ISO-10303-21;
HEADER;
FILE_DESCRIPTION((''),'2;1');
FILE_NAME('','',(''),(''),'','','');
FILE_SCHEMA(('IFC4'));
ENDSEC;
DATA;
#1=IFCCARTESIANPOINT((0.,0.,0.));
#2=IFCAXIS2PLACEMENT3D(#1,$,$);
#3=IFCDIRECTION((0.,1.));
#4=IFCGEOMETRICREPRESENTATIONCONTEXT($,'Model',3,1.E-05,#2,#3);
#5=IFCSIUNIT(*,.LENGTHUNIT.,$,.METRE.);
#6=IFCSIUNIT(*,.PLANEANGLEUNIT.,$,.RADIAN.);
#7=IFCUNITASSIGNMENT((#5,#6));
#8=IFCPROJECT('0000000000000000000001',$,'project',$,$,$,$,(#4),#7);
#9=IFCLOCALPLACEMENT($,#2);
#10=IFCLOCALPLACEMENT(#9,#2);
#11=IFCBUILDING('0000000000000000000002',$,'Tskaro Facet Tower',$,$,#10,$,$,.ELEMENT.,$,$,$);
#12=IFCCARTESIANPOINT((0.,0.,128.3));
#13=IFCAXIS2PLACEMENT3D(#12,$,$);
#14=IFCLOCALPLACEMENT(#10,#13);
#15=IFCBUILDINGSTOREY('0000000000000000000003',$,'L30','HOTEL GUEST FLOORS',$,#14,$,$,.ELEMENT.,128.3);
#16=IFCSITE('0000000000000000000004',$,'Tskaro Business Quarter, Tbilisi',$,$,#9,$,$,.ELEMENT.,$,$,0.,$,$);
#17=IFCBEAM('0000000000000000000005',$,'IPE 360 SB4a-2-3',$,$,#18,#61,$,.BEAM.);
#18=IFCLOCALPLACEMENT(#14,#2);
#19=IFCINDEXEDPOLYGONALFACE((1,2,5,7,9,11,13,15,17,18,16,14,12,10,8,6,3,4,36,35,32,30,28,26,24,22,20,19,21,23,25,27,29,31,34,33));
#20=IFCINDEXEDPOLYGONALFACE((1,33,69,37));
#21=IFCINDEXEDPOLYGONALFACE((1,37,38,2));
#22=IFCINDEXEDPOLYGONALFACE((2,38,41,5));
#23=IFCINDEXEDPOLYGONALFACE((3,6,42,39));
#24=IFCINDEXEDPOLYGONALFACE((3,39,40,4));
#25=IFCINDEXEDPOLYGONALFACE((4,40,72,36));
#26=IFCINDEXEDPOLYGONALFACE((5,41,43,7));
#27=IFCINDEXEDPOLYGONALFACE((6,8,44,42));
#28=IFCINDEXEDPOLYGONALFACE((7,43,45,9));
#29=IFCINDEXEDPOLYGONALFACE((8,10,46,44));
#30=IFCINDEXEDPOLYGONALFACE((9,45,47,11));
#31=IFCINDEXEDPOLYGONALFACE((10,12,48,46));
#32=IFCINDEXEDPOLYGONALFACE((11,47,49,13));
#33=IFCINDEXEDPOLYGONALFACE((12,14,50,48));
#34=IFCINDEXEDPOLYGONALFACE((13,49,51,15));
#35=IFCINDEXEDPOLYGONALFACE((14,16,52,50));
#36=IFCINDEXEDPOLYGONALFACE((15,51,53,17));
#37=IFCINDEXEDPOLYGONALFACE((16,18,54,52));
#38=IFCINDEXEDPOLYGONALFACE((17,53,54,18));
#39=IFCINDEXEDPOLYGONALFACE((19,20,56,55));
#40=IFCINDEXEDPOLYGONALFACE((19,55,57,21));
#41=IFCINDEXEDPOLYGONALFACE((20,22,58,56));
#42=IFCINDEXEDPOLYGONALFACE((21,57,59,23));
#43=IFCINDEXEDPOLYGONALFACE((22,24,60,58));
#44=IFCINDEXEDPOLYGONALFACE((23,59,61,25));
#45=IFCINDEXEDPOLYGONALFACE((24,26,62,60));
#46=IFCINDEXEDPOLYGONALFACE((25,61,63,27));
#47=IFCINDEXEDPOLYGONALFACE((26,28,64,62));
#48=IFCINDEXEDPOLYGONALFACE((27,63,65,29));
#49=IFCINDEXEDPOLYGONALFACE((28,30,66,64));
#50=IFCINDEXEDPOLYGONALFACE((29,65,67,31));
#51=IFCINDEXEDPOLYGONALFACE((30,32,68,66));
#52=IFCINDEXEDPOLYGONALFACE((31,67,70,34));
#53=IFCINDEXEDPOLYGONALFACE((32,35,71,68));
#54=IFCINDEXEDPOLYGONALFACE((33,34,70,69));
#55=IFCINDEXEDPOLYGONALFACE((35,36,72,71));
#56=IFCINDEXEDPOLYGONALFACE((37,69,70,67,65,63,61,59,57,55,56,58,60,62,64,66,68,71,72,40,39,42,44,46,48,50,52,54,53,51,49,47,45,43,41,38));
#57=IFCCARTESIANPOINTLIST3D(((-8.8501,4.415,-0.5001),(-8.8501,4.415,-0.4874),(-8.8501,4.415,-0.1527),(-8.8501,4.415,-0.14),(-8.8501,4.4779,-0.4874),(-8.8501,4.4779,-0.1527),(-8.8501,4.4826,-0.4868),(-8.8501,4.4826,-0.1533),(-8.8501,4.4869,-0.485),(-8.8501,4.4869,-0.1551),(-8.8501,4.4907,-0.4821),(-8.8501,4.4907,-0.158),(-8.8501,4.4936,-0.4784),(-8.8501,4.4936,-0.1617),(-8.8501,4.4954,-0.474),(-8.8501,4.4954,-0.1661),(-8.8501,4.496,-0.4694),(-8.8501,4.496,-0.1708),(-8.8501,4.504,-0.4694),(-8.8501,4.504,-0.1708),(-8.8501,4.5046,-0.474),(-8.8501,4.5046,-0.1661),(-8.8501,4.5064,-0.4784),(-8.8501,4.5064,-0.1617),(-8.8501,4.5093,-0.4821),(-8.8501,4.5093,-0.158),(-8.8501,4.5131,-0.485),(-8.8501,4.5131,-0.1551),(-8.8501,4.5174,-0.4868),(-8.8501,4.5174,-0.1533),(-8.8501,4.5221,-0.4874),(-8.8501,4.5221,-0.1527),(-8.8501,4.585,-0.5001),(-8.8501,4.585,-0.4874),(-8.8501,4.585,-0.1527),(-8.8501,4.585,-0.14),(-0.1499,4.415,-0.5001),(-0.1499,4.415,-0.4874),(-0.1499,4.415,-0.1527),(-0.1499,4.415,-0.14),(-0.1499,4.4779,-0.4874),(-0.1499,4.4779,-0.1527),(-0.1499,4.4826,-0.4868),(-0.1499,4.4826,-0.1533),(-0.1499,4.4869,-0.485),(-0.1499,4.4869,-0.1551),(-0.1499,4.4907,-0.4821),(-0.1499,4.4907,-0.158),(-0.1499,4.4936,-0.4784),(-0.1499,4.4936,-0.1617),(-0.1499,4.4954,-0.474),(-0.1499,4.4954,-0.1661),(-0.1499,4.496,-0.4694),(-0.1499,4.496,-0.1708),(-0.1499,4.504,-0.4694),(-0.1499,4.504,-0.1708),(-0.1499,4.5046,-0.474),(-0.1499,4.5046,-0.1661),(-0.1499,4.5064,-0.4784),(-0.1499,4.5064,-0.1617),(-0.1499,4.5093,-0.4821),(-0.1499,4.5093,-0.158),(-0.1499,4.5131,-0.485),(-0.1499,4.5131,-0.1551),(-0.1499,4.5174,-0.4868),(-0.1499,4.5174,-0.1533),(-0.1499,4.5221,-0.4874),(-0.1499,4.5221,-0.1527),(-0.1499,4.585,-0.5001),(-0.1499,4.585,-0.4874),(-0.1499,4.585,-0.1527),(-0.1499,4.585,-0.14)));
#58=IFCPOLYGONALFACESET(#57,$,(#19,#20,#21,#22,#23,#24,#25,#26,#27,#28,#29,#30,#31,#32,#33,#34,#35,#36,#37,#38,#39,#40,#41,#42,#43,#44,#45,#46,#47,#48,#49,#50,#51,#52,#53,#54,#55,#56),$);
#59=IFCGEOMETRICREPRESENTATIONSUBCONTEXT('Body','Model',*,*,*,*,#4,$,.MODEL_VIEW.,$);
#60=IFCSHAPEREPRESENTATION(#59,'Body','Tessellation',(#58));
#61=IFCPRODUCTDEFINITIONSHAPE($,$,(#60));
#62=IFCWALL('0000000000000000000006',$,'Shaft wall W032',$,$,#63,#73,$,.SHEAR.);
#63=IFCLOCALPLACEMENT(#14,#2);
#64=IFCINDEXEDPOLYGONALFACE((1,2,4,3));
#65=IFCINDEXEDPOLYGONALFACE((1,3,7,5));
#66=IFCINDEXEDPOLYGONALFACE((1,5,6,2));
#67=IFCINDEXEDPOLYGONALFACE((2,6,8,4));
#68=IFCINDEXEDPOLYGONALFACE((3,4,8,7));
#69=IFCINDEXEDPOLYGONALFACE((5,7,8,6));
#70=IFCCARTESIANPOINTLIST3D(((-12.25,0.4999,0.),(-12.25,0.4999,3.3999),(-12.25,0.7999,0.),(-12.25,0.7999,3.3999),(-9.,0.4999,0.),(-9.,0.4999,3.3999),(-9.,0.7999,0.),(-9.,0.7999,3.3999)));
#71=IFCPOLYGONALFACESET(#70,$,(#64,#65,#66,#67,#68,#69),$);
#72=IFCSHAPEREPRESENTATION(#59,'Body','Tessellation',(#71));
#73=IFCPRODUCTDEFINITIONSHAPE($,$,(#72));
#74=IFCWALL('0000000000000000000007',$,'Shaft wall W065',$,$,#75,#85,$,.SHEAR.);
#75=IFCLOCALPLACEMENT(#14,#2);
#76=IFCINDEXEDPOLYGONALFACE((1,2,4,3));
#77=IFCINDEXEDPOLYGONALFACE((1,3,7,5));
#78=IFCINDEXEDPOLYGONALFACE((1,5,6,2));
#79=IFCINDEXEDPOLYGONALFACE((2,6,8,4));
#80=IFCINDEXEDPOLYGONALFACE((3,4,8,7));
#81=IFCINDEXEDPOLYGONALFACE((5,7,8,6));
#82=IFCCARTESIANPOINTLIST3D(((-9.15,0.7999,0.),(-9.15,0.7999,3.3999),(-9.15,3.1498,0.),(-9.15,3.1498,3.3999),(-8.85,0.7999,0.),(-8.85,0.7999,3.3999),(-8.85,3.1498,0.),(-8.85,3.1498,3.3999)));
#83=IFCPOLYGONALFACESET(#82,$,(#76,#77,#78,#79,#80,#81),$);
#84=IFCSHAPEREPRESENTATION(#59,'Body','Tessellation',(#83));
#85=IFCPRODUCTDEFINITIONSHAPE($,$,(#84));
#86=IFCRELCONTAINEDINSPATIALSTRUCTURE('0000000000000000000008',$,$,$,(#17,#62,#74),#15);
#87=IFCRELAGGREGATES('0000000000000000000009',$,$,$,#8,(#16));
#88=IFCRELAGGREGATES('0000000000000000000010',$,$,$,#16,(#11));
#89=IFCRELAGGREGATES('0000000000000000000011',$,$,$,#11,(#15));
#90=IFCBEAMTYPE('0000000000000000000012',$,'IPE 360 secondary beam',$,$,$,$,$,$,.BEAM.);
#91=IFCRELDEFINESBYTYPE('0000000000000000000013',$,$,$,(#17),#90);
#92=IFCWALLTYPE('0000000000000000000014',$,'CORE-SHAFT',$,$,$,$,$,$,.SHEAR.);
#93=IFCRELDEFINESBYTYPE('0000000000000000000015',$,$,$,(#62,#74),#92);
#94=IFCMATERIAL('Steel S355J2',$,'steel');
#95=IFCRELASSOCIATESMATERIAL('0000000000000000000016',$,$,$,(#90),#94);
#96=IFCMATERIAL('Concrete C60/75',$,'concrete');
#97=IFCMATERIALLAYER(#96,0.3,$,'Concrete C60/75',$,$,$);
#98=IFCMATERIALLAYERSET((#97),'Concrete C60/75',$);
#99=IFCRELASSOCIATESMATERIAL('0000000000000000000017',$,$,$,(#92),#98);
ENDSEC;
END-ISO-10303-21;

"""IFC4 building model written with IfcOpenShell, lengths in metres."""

from ifc_helpers import new_model, si_unit, direction, frame, frame_2d, origin, origin_2d, place, context, subcontext, project, spatial, rectangle, i_section, extrude, material, layer, layer_set, material_profile, profile_set, type_object, element, save


model = new_model("IFC4")

# Units and contexts
model_context = context("Model", 3, precision=1e-05, world=origin(), true_north=direction((0.0, 1.0)))
body_context = subcontext(model_context, "Body", "Model", "MODEL_VIEW")
ifc_project = project(units=[si_unit("LENGTHUNIT", "METRE"), si_unit("PLANEANGLEUNIT", "RADIAN")], contexts=[model_context])

# Site, building, storey
site_placement = place(None, origin())
site = spatial("IfcSite", under=ifc_project, at=site_placement, Name="Tskaro Business Quarter, Tbilisi", CompositionType="ELEMENT", RefElevation=0.0)
building_placement = place(site_placement, origin())
building = spatial("IfcBuilding", under=site, at=building_placement, Name="Tskaro Facet Tower", CompositionType="ELEMENT")
storey_placement = place(building_placement, frame((0.0, 0.0, 128.3)))
storey = spatial("IfcBuildingStorey", under=building, at=storey_placement, Name="L30", Description="HOTEL GUEST FLOORS", CompositionType="ELEMENT", Elevation=128.3)

# Beam
ifc_material_1 = material(Name="Steel S355J2", Category="steel")
ifc_material_profile_1 = material_profile(ifc_material_1, i_section(OverallWidth=0.1699, OverallDepth=0.3601, WebThickness=0.0081, FlangeThickness=0.0127, FilletRadius=0.0181, at=origin_2d()), Name="IPE 360")
ifc_profile_set_1 = profile_set([ifc_material_profile_1], Name="Steel S355J2")
beam_type_1 = type_object("IfcBeamType", Name="IPE 360 secondary beam", PredefinedType="BEAM", material=ifc_profile_set_1)
beam_1_placement = place(storey_placement, frame((-8.8501, 4.5, -0.3201), z_axis=(1.0, 0.0, 0.0), x_axis=(0.0, 1.0, 0.0)))
element("IfcBeam", 1, at=beam_1_placement, inside=storey, type_object=beam_type_1, Name="IPE 360 SB4a-2-3", PredefinedType="BEAM", context=body_context, shape_type="SweptSolid", body=[
    extrude(i_section(OverallWidth=0.1699, OverallDepth=0.3601, WebThickness=0.0081, FlangeThickness=0.0127, FilletRadius=0.0181, at=origin_2d()), origin(), (0.0, 0.0, 1.0), 8.7002),
])

# Walls
ifc_material_2 = material(Name="Concrete C60/75", Category="concrete")
ifc_layer_1 = layer(ifc_material_2, 0.3, Name="Concrete C60/75")
ifc_layer_set_1 = layer_set([ifc_layer_1], Name="Concrete C60/75")
wall_type_1 = type_object("IfcWallType", Name="CORE-SHAFT", PredefinedType="SHEAR", material=ifc_layer_set_1)
wall_1_placement = place(storey_placement, frame((-9.0, 0.6499, 0.0), z_axis=(0.0, 0.0, 1.0), x_axis=(-1.0, 0.0, 0.0)))
element("IfcWall", 2, at=wall_1_placement, inside=storey, type_object=wall_type_1, Name="Shaft wall W032", PredefinedType="SHEAR", context=body_context, shape_type="SweptSolid", body=[
    extrude(rectangle(XDim=3.25, YDim=0.3, at=frame_2d((1.625, 0.0))), origin(), (0.0, 0.0, 1.0), 3.3999),
])
wall_2_placement = place(storey_placement, frame((-9.0, 0.8, 0.0), z_axis=(0.0, 0.0, 1.0), x_axis=(0.0, 1.0, 0.0)))
element("IfcWall", 3, at=wall_2_placement, inside=storey, type_object=wall_type_1, Name="Shaft wall W065", PredefinedType="SHEAR", context=body_context, shape_type="SweptSolid", body=[
    extrude(rectangle(XDim=2.3499, YDim=0.3, at=frame_2d((1.1748, 0.0))), origin(), (0.0, 0.0, 1.0), 3.3999),
])

save(model, "model.ifc")
